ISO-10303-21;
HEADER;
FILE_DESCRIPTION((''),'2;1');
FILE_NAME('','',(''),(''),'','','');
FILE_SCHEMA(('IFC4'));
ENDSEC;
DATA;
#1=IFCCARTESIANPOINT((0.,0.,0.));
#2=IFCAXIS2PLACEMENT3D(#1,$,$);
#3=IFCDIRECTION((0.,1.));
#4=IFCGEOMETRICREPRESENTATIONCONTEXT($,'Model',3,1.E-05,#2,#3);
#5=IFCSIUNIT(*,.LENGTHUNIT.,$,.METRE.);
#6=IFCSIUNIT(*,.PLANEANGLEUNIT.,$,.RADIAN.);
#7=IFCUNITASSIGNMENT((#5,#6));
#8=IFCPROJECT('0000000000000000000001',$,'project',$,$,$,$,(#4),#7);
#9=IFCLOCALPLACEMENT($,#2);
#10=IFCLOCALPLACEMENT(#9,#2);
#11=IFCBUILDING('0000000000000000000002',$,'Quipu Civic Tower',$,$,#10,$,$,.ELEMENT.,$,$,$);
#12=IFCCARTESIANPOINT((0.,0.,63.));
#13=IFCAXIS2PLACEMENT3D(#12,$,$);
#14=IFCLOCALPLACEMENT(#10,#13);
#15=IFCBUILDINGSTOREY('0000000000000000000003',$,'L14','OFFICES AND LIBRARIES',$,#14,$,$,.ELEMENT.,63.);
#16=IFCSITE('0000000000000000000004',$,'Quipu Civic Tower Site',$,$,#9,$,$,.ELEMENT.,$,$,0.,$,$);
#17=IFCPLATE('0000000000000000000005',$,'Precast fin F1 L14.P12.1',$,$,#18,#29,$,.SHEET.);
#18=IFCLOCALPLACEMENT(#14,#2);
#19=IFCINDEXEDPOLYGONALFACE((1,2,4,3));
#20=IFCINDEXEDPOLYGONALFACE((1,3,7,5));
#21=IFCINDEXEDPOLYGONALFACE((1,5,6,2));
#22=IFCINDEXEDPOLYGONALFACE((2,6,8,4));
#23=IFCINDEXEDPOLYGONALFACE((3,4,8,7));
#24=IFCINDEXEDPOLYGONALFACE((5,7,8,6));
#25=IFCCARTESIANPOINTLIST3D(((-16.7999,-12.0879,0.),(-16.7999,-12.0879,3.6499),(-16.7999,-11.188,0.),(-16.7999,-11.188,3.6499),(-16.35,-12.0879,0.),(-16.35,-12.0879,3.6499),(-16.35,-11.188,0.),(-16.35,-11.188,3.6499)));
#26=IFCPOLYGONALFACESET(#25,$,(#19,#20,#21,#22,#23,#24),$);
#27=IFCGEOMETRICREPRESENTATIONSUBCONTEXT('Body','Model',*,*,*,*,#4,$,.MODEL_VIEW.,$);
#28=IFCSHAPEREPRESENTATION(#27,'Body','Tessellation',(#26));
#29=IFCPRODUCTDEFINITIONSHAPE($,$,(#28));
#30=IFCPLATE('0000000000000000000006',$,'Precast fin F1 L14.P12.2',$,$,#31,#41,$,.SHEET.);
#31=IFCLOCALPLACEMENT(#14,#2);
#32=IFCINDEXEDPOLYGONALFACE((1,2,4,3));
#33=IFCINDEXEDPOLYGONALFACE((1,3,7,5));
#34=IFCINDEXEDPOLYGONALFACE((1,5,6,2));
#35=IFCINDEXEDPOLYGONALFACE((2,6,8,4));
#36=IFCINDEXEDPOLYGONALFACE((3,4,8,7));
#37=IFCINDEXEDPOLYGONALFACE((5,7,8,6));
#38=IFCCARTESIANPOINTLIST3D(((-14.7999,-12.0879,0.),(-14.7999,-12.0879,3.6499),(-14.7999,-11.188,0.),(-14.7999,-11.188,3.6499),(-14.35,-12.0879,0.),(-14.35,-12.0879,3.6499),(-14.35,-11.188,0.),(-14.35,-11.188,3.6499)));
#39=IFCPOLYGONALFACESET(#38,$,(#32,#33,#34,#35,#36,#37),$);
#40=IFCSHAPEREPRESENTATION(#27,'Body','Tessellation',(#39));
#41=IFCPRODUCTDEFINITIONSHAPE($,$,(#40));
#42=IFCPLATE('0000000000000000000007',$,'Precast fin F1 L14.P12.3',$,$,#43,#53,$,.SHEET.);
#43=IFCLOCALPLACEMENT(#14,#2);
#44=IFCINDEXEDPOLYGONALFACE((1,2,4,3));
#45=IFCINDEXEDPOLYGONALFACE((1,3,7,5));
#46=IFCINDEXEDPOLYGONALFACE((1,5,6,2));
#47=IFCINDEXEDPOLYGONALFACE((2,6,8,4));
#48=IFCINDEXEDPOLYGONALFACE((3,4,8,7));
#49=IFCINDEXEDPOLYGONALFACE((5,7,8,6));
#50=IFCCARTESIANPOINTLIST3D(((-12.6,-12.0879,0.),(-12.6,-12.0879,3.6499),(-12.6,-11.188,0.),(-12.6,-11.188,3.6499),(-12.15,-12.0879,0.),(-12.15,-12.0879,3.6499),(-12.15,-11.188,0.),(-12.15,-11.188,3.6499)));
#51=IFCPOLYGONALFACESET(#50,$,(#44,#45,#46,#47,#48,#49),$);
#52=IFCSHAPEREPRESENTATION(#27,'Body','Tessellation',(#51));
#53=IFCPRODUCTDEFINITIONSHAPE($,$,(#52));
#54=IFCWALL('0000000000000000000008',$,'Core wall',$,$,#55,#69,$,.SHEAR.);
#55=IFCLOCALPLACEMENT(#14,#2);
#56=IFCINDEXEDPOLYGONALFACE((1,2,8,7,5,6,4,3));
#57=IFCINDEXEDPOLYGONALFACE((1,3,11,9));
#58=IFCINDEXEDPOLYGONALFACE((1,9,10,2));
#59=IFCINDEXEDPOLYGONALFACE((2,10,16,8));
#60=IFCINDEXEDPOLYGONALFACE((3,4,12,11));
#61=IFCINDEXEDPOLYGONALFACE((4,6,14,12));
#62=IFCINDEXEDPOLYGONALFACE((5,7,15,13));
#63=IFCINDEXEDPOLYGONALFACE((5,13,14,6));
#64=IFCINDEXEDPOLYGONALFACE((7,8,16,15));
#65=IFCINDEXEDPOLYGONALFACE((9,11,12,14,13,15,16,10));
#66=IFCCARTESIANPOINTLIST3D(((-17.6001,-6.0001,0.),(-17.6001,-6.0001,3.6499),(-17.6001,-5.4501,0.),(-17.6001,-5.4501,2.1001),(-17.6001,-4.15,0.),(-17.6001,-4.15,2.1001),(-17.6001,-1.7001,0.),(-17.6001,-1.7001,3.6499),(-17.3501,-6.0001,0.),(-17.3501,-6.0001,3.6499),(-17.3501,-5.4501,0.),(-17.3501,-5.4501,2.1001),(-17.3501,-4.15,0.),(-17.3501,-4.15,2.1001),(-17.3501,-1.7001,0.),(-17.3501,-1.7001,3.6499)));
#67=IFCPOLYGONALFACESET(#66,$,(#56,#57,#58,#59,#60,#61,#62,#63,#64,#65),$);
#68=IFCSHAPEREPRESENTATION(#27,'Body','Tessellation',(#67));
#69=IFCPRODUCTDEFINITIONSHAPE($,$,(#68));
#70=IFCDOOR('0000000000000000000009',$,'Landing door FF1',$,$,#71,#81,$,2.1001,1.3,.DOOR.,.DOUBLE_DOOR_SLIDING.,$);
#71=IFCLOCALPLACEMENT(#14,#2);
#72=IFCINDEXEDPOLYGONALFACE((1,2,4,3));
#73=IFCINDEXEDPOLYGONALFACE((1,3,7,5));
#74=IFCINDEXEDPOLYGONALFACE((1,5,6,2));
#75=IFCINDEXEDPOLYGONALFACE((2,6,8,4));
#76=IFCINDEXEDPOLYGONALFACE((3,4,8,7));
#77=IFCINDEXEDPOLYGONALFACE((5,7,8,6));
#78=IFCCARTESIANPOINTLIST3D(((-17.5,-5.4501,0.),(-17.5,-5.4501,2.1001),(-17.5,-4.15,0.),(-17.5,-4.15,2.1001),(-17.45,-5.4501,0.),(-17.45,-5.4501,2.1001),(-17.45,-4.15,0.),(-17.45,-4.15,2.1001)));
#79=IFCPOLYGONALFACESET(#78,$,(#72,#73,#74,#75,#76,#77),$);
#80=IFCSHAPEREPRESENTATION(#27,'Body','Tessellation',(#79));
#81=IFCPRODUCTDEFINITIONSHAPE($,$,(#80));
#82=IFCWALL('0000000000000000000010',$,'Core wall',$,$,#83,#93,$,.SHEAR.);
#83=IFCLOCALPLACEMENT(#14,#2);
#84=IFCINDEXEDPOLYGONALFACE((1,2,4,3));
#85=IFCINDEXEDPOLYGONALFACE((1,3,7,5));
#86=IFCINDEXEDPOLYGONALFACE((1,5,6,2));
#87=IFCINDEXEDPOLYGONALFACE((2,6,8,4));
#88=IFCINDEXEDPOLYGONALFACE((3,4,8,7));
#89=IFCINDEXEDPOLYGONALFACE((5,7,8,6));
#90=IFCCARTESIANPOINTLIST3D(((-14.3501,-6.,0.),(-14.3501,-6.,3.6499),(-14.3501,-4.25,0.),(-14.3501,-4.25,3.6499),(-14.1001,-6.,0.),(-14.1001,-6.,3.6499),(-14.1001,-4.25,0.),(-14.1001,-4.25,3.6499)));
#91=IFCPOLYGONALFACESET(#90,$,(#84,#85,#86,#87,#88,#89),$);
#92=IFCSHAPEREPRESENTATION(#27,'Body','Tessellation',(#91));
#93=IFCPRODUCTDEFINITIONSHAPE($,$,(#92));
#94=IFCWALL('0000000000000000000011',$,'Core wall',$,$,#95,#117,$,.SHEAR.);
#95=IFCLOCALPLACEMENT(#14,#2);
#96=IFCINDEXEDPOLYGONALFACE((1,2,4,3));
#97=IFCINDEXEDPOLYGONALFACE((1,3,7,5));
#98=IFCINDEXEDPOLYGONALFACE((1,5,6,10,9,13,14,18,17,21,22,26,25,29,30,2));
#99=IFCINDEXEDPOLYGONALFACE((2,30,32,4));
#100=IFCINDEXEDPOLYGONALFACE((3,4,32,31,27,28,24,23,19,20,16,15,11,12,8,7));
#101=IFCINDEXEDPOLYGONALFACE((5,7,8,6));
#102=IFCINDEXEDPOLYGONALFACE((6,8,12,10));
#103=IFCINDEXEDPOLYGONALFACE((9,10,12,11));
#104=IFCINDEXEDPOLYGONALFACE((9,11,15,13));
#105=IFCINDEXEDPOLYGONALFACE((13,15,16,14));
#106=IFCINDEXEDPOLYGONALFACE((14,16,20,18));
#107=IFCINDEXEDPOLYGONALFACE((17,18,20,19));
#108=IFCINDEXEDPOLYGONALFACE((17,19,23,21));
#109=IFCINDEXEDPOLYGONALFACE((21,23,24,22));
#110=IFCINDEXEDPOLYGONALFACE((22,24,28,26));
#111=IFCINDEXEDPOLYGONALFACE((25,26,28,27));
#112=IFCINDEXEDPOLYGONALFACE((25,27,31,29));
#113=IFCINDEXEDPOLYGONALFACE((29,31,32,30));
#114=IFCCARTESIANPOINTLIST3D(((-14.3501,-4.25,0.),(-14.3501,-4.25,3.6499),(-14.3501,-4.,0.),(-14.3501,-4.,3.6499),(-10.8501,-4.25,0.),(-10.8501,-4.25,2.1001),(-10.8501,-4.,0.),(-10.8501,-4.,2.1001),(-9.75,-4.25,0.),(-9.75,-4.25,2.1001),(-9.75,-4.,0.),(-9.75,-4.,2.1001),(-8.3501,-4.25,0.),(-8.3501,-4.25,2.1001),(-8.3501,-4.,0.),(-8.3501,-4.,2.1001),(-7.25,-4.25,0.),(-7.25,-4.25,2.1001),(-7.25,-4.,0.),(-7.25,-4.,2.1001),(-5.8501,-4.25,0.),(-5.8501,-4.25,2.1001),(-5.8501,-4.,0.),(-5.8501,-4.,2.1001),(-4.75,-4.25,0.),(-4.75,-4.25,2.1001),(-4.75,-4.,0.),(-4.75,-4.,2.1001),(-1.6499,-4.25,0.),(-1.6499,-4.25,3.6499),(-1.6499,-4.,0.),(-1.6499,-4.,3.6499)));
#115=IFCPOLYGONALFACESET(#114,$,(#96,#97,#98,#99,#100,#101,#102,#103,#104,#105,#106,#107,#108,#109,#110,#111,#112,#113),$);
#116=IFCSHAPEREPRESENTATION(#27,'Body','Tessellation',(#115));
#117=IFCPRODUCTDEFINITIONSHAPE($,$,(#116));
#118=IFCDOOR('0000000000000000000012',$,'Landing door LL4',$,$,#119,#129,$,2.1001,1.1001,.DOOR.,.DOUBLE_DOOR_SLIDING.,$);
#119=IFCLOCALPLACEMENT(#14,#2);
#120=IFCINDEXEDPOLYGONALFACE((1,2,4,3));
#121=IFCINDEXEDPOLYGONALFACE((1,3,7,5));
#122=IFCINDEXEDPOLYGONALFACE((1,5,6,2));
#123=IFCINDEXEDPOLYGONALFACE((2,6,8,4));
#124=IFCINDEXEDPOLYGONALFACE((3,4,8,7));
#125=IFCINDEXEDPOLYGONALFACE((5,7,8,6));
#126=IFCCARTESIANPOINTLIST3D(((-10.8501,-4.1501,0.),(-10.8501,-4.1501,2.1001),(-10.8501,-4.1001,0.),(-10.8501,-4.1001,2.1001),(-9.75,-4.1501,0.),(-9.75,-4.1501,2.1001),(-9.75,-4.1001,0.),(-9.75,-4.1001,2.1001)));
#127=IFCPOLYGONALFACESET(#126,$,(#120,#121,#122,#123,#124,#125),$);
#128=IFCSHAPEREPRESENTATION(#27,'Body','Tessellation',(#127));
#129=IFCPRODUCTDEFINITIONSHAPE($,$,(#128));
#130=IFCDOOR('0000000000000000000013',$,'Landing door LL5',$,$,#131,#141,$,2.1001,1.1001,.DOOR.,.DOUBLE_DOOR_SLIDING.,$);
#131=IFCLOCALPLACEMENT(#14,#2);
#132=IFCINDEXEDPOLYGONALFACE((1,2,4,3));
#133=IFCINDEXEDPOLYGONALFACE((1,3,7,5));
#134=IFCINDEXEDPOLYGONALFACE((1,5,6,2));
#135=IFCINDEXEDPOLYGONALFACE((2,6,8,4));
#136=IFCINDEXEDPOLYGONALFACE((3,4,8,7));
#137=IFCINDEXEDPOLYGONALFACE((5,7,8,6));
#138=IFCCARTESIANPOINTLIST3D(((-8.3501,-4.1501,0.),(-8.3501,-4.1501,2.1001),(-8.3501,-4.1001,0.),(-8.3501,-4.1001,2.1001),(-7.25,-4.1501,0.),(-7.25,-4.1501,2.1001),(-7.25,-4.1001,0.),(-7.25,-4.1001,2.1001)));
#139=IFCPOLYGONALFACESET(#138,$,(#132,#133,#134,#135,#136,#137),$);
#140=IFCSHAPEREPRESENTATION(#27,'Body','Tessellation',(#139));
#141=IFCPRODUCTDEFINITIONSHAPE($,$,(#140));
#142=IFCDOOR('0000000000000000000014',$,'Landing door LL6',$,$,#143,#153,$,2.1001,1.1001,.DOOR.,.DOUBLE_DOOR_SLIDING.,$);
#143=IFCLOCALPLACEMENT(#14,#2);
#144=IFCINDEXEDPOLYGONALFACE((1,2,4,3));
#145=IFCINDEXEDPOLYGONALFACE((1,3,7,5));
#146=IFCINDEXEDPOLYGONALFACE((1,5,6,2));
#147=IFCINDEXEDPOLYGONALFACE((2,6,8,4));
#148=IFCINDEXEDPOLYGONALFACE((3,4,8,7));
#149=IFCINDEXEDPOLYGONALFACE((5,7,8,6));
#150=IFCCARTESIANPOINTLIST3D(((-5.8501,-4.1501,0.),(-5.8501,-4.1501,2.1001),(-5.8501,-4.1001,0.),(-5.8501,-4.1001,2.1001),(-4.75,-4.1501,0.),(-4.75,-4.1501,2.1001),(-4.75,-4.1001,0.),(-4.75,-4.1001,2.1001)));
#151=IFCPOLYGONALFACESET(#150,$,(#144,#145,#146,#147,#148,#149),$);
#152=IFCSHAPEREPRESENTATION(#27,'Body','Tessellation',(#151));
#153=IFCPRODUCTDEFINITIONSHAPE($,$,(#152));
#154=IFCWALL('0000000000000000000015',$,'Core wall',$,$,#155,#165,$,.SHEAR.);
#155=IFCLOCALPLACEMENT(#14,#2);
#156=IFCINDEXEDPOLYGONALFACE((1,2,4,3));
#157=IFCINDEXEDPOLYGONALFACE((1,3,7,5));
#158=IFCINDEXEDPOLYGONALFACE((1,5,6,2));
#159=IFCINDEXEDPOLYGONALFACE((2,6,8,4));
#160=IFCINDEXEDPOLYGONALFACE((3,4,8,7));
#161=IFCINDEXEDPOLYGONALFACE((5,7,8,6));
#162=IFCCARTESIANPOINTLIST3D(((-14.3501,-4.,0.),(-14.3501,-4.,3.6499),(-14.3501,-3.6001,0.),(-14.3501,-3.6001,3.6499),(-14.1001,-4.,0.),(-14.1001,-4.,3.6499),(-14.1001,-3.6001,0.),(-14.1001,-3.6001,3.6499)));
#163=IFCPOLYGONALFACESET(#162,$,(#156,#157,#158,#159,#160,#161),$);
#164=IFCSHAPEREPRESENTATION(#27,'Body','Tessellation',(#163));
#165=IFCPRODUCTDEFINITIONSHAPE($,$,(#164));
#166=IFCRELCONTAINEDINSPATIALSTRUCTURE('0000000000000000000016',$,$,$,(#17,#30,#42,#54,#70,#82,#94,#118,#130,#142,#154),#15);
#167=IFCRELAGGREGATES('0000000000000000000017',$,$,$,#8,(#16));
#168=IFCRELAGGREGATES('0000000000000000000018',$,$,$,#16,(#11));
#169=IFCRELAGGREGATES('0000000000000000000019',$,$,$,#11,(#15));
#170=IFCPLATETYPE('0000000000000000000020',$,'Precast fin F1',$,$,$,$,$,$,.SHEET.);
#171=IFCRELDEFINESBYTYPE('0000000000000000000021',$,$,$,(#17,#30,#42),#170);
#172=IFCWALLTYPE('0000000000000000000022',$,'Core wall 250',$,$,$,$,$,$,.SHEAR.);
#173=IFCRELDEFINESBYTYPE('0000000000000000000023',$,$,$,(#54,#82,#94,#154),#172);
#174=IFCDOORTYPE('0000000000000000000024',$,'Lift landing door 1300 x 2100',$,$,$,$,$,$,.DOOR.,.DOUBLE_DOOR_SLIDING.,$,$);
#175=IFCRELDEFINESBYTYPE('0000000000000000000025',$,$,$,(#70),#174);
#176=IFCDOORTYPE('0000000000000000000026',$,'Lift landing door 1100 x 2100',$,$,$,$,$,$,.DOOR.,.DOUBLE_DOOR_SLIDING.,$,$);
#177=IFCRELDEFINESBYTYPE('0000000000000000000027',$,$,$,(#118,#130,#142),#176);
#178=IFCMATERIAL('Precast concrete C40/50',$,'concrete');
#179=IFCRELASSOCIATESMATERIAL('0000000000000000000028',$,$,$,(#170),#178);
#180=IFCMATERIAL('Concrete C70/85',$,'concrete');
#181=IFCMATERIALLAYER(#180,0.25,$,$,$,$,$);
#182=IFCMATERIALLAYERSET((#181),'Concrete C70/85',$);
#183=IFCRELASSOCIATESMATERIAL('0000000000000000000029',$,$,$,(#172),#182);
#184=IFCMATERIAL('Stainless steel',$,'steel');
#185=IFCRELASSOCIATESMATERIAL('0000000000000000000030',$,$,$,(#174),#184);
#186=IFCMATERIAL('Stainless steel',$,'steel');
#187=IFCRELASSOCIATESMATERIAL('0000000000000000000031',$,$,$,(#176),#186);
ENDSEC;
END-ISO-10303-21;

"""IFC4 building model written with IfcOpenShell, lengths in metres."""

from ifc_helpers import new_model, si_unit, direction, frame, frame_2d, origin, origin_2d, place, context, subcontext, project, spatial, rectangle, extrude, material, layer, layer_set, type_object, element, fill, save


model = new_model("IFC4")

# Units and contexts
model_context = context("Model", 3, precision=1e-05, world=origin(), true_north=direction((0.0, 1.0)))
body_context = subcontext(model_context, "Body", "Model", "MODEL_VIEW")
ifc_project = project(units=[si_unit("LENGTHUNIT", "METRE"), si_unit("PLANEANGLEUNIT", "RADIAN")], contexts=[model_context])

# Site, building, storey
site_placement = place(None, origin())
site = spatial("IfcSite", under=ifc_project, at=site_placement, Name="Quipu Civic Tower Site", CompositionType="ELEMENT", RefElevation=0.0)
building_placement = place(site_placement, origin())
building = spatial("IfcBuilding", under=site, at=building_placement, Name="Quipu Civic Tower", CompositionType="ELEMENT")
storey_placement = place(building_placement, frame((0.0, 0.0, 63.0)))
storey = spatial("IfcBuildingStorey", under=building, at=storey_placement, Name="L14", Description="OFFICES AND LIBRARIES", CompositionType="ELEMENT", Elevation=63.0)

# Plates
ifc_material_1 = material(Name="Precast concrete C40/50", Category="concrete")
plate_type = type_object("IfcPlateType", Name="Precast fin F1", PredefinedType="SHEET", material=ifc_material_1)
for number, where, z_axis, x_axis, name in (
    (1, (-16.575, -11.6379, 0.0), (0.0, 0.0, 1.0), (1.0, 0.0, 0.0), "Precast fin F1 L14.P12.1"),
    (2, (-14.575, -11.6379, 0.0), (0.0, 0.0, 1.0), (1.0, 0.0, 0.0), "Precast fin F1 L14.P12.2"),
    (3, (-12.375, -11.6379, 0.0), (0.0, 0.0, 1.0), (1.0, 0.0, 0.0), "Precast fin F1 L14.P12.3"),
):
    element("IfcPlate", number, at=place(storey_placement, frame(where, z_axis=z_axis, x_axis=x_axis)), inside=storey, type_object=plate_type, Name=name, PredefinedType="SHEET", context=body_context, shape_type="SweptSolid", body=[
        extrude(rectangle(XDim=0.45, YDim=0.8999, at=origin_2d()), origin(), (0.0, 0.0, 1.0), 3.6499),
    ])

# Wall, opening, door
ifc_material_2 = material(Name="Concrete C70/85", Category="concrete")
ifc_layer_1 = layer(ifc_material_2, 0.25)
ifc_layer_set_1 = layer_set([ifc_layer_1], Name="Concrete C70/85")
wall_type_1 = type_object("IfcWallType", Name="Core wall 250", PredefinedType="SHEAR", material=ifc_layer_set_1)
wall_1_placement = place(storey_placement, frame((-17.4751, -6.0, 0.0), z_axis=(0.0, 0.0, 1.0), x_axis=(0.0, 1.0, 0.0)))
wall_1 = element("IfcWall", 4, at=wall_1_placement, inside=storey, type_object=wall_type_1, Name="Core wall", PredefinedType="SHEAR", context=body_context, shape_type="SweptSolid", body=[
    extrude(rectangle(XDim=4.3, YDim=0.25, at=frame_2d((2.1499, 0.0))), origin(), (0.0, 0.0, 1.0), 3.6499),
])
opening_1_placement = place(wall_1_placement, frame((0.55, 0.0, 0.0)))
opening_1 = element("IfcOpeningElement", 5, at=opening_1_placement, cuts=wall_1, PredefinedType="OPENING", context=body_context, shape_type="SweptSolid", body=[
    extrude(rectangle(XDim=1.3, YDim=2.1001, at=frame_2d((0.6499, 1.05))), frame((0.0, 0.135, 0.0), z_axis=(0.0, -1.0, 0.0), x_axis=(1.0, 0.0, 0.0)), (0.0, 0.0, 1.0), 0.27),
])
ifc_material_3 = material(Name="Stainless steel", Category="steel")
door_type_1 = type_object("IfcDoorType", Name="Lift landing door 1300 x 2100", OperationType="DOUBLE_DOOR_SLIDING", PredefinedType="DOOR", material=ifc_material_3)
door_1_placement = place(opening_1_placement, origin())
door_1 = element("IfcDoor", 6, at=door_1_placement, inside=storey, type_object=door_type_1, Name="Landing door FF1", OperationType="DOUBLE_DOOR_SLIDING", OverallHeight=2.1001, OverallWidth=1.3, PredefinedType="DOOR", context=body_context, shape_type="SweptSolid", body=[
    extrude(rectangle(XDim=1.3, YDim=2.1001, at=frame_2d((0.6499, 1.05))), frame((0.0, 0.0249, 0.0), z_axis=(0.0, -1.0, 0.0), x_axis=(1.0, 0.0, 0.0)), (0.0, 0.0, 1.0), 0.05),
])
fill(opening_1, door_1)

# Wall
wall_2_placement = place(storey_placement, frame((-14.2251, -6.0, 0.0), z_axis=(0.0, 0.0, 1.0), x_axis=(0.0, 1.0, 0.0)))
element("IfcWall", 7, at=wall_2_placement, inside=storey, type_object=wall_type_1, Name="Core wall", PredefinedType="SHEAR", context=body_context, shape_type="SweptSolid", body=[
    extrude(rectangle(XDim=1.75, YDim=0.25, at=frame_2d((0.875, 0.0))), origin(), (0.0, 0.0, 1.0), 3.6499),
])

# Wall, openings, doors
wall_3_placement = place(storey_placement, frame((-14.3501, -4.125, 0.0), z_axis=(0.0, 0.0, 1.0), x_axis=(1.0, 0.0, 0.0)))
wall_3 = element("IfcWall", 8, at=wall_3_placement, inside=storey, type_object=wall_type_1, Name="Core wall", PredefinedType="SHEAR", context=body_context, shape_type="SweptSolid", body=[
    extrude(rectangle(XDim=12.7002, YDim=0.25, at=frame_2d((6.3501, 0.0))), origin(), (0.0, 0.0, 1.0), 3.6499),
])
opening_2_placement = place(wall_3_placement, frame((3.5, 0.0, 0.0)))
opening_2 = element("IfcOpeningElement", 9, at=opening_2_placement, cuts=wall_3, PredefinedType="OPENING", context=body_context, shape_type="SweptSolid", body=[
    extrude(rectangle(XDim=1.1001, YDim=2.1001, at=frame_2d((0.55, 1.05))), frame((0.0, 0.135, 0.0), z_axis=(0.0, -1.0, 0.0), x_axis=(1.0, 0.0, 0.0)), (0.0, 0.0, 1.0), 0.27),
])
opening_3_placement = place(wall_3_placement, frame((6.0, 0.0, 0.0)))
opening_3 = element("IfcOpeningElement", 10, at=opening_3_placement, cuts=wall_3, PredefinedType="OPENING", context=body_context, shape_type="SweptSolid", body=[
    extrude(rectangle(XDim=1.1001, YDim=2.1001, at=frame_2d((0.55, 1.05))), frame((0.0, 0.135, 0.0), z_axis=(0.0, -1.0, 0.0), x_axis=(1.0, 0.0, 0.0)), (0.0, 0.0, 1.0), 0.27),
])
opening_4_placement = place(wall_3_placement, frame((8.5, 0.0, 0.0)))
opening_4 = element("IfcOpeningElement", 11, at=opening_4_placement, cuts=wall_3, PredefinedType="OPENING", context=body_context, shape_type="SweptSolid", body=[
    extrude(rectangle(XDim=1.1001, YDim=2.1001, at=frame_2d((0.55, 1.05))), frame((0.0, 0.135, 0.0), z_axis=(0.0, -1.0, 0.0), x_axis=(1.0, 0.0, 0.0)), (0.0, 0.0, 1.0), 0.27),
])
ifc_material_4 = material(Name="Stainless steel", Category="steel")
door_type_2 = type_object("IfcDoorType", Name="Lift landing door 1100 x 2100", OperationType="DOUBLE_DOOR_SLIDING", PredefinedType="DOOR", material=ifc_material_4)
door_2_placement = place(opening_2_placement, origin())
door_2 = element("IfcDoor", 12, at=door_2_placement, inside=storey, type_object=door_type_2, Name="Landing door LL4", OperationType="DOUBLE_DOOR_SLIDING", OverallHeight=2.1001, OverallWidth=1.1001, PredefinedType="DOOR", context=body_context, shape_type="SweptSolid", body=[
    extrude(rectangle(XDim=1.1001, YDim=2.1001, at=frame_2d((0.55, 1.05))), frame((0.0, 0.0249, 0.0), z_axis=(0.0, -1.0, 0.0), x_axis=(1.0, 0.0, 0.0)), (0.0, 0.0, 1.0), 0.05),
])
fill(opening_2, door_2)
door_3_placement = place(opening_3_placement, origin())
door_3 = element("IfcDoor", 13, at=door_3_placement, inside=storey, type_object=door_type_2, Name="Landing door LL5", OperationType="DOUBLE_DOOR_SLIDING", OverallHeight=2.1001, OverallWidth=1.1001, PredefinedType="DOOR", context=body_context, shape_type="SweptSolid", body=[
    extrude(rectangle(XDim=1.1001, YDim=2.1001, at=frame_2d((0.55, 1.05))), frame((0.0, 0.0249, 0.0), z_axis=(0.0, -1.0, 0.0), x_axis=(1.0, 0.0, 0.0)), (0.0, 0.0, 1.0), 0.05),
])
fill(opening_3, door_3)
door_4_placement = place(opening_4_placement, origin())
door_4 = element("IfcDoor", 14, at=door_4_placement, inside=storey, type_object=door_type_2, Name="Landing door LL6", OperationType="DOUBLE_DOOR_SLIDING", OverallHeight=2.1001, OverallWidth=1.1001, PredefinedType="DOOR", context=body_context, shape_type="SweptSolid", body=[
    extrude(rectangle(XDim=1.1001, YDim=2.1001, at=frame_2d((0.55, 1.05))), frame((0.0, 0.0249, 0.0), z_axis=(0.0, -1.0, 0.0), x_axis=(1.0, 0.0, 0.0)), (0.0, 0.0, 1.0), 0.05),
])
fill(opening_4, door_4)

# Wall
wall_4_placement = place(storey_placement, frame((-14.2251, -4.0, 0.0), z_axis=(0.0, 0.0, 1.0), x_axis=(0.0, 1.0, 0.0)))
element("IfcWall", 15, at=wall_4_placement, inside=storey, type_object=wall_type_1, Name="Core wall", PredefinedType="SHEAR", context=body_context, shape_type="SweptSolid", body=[
    extrude(rectangle(XDim=0.3999, YDim=0.25, at=frame_2d((0.2, 0.0))), origin(), (0.0, 0.0, 1.0), 3.6499),
])

save(model, "model.ifc")
